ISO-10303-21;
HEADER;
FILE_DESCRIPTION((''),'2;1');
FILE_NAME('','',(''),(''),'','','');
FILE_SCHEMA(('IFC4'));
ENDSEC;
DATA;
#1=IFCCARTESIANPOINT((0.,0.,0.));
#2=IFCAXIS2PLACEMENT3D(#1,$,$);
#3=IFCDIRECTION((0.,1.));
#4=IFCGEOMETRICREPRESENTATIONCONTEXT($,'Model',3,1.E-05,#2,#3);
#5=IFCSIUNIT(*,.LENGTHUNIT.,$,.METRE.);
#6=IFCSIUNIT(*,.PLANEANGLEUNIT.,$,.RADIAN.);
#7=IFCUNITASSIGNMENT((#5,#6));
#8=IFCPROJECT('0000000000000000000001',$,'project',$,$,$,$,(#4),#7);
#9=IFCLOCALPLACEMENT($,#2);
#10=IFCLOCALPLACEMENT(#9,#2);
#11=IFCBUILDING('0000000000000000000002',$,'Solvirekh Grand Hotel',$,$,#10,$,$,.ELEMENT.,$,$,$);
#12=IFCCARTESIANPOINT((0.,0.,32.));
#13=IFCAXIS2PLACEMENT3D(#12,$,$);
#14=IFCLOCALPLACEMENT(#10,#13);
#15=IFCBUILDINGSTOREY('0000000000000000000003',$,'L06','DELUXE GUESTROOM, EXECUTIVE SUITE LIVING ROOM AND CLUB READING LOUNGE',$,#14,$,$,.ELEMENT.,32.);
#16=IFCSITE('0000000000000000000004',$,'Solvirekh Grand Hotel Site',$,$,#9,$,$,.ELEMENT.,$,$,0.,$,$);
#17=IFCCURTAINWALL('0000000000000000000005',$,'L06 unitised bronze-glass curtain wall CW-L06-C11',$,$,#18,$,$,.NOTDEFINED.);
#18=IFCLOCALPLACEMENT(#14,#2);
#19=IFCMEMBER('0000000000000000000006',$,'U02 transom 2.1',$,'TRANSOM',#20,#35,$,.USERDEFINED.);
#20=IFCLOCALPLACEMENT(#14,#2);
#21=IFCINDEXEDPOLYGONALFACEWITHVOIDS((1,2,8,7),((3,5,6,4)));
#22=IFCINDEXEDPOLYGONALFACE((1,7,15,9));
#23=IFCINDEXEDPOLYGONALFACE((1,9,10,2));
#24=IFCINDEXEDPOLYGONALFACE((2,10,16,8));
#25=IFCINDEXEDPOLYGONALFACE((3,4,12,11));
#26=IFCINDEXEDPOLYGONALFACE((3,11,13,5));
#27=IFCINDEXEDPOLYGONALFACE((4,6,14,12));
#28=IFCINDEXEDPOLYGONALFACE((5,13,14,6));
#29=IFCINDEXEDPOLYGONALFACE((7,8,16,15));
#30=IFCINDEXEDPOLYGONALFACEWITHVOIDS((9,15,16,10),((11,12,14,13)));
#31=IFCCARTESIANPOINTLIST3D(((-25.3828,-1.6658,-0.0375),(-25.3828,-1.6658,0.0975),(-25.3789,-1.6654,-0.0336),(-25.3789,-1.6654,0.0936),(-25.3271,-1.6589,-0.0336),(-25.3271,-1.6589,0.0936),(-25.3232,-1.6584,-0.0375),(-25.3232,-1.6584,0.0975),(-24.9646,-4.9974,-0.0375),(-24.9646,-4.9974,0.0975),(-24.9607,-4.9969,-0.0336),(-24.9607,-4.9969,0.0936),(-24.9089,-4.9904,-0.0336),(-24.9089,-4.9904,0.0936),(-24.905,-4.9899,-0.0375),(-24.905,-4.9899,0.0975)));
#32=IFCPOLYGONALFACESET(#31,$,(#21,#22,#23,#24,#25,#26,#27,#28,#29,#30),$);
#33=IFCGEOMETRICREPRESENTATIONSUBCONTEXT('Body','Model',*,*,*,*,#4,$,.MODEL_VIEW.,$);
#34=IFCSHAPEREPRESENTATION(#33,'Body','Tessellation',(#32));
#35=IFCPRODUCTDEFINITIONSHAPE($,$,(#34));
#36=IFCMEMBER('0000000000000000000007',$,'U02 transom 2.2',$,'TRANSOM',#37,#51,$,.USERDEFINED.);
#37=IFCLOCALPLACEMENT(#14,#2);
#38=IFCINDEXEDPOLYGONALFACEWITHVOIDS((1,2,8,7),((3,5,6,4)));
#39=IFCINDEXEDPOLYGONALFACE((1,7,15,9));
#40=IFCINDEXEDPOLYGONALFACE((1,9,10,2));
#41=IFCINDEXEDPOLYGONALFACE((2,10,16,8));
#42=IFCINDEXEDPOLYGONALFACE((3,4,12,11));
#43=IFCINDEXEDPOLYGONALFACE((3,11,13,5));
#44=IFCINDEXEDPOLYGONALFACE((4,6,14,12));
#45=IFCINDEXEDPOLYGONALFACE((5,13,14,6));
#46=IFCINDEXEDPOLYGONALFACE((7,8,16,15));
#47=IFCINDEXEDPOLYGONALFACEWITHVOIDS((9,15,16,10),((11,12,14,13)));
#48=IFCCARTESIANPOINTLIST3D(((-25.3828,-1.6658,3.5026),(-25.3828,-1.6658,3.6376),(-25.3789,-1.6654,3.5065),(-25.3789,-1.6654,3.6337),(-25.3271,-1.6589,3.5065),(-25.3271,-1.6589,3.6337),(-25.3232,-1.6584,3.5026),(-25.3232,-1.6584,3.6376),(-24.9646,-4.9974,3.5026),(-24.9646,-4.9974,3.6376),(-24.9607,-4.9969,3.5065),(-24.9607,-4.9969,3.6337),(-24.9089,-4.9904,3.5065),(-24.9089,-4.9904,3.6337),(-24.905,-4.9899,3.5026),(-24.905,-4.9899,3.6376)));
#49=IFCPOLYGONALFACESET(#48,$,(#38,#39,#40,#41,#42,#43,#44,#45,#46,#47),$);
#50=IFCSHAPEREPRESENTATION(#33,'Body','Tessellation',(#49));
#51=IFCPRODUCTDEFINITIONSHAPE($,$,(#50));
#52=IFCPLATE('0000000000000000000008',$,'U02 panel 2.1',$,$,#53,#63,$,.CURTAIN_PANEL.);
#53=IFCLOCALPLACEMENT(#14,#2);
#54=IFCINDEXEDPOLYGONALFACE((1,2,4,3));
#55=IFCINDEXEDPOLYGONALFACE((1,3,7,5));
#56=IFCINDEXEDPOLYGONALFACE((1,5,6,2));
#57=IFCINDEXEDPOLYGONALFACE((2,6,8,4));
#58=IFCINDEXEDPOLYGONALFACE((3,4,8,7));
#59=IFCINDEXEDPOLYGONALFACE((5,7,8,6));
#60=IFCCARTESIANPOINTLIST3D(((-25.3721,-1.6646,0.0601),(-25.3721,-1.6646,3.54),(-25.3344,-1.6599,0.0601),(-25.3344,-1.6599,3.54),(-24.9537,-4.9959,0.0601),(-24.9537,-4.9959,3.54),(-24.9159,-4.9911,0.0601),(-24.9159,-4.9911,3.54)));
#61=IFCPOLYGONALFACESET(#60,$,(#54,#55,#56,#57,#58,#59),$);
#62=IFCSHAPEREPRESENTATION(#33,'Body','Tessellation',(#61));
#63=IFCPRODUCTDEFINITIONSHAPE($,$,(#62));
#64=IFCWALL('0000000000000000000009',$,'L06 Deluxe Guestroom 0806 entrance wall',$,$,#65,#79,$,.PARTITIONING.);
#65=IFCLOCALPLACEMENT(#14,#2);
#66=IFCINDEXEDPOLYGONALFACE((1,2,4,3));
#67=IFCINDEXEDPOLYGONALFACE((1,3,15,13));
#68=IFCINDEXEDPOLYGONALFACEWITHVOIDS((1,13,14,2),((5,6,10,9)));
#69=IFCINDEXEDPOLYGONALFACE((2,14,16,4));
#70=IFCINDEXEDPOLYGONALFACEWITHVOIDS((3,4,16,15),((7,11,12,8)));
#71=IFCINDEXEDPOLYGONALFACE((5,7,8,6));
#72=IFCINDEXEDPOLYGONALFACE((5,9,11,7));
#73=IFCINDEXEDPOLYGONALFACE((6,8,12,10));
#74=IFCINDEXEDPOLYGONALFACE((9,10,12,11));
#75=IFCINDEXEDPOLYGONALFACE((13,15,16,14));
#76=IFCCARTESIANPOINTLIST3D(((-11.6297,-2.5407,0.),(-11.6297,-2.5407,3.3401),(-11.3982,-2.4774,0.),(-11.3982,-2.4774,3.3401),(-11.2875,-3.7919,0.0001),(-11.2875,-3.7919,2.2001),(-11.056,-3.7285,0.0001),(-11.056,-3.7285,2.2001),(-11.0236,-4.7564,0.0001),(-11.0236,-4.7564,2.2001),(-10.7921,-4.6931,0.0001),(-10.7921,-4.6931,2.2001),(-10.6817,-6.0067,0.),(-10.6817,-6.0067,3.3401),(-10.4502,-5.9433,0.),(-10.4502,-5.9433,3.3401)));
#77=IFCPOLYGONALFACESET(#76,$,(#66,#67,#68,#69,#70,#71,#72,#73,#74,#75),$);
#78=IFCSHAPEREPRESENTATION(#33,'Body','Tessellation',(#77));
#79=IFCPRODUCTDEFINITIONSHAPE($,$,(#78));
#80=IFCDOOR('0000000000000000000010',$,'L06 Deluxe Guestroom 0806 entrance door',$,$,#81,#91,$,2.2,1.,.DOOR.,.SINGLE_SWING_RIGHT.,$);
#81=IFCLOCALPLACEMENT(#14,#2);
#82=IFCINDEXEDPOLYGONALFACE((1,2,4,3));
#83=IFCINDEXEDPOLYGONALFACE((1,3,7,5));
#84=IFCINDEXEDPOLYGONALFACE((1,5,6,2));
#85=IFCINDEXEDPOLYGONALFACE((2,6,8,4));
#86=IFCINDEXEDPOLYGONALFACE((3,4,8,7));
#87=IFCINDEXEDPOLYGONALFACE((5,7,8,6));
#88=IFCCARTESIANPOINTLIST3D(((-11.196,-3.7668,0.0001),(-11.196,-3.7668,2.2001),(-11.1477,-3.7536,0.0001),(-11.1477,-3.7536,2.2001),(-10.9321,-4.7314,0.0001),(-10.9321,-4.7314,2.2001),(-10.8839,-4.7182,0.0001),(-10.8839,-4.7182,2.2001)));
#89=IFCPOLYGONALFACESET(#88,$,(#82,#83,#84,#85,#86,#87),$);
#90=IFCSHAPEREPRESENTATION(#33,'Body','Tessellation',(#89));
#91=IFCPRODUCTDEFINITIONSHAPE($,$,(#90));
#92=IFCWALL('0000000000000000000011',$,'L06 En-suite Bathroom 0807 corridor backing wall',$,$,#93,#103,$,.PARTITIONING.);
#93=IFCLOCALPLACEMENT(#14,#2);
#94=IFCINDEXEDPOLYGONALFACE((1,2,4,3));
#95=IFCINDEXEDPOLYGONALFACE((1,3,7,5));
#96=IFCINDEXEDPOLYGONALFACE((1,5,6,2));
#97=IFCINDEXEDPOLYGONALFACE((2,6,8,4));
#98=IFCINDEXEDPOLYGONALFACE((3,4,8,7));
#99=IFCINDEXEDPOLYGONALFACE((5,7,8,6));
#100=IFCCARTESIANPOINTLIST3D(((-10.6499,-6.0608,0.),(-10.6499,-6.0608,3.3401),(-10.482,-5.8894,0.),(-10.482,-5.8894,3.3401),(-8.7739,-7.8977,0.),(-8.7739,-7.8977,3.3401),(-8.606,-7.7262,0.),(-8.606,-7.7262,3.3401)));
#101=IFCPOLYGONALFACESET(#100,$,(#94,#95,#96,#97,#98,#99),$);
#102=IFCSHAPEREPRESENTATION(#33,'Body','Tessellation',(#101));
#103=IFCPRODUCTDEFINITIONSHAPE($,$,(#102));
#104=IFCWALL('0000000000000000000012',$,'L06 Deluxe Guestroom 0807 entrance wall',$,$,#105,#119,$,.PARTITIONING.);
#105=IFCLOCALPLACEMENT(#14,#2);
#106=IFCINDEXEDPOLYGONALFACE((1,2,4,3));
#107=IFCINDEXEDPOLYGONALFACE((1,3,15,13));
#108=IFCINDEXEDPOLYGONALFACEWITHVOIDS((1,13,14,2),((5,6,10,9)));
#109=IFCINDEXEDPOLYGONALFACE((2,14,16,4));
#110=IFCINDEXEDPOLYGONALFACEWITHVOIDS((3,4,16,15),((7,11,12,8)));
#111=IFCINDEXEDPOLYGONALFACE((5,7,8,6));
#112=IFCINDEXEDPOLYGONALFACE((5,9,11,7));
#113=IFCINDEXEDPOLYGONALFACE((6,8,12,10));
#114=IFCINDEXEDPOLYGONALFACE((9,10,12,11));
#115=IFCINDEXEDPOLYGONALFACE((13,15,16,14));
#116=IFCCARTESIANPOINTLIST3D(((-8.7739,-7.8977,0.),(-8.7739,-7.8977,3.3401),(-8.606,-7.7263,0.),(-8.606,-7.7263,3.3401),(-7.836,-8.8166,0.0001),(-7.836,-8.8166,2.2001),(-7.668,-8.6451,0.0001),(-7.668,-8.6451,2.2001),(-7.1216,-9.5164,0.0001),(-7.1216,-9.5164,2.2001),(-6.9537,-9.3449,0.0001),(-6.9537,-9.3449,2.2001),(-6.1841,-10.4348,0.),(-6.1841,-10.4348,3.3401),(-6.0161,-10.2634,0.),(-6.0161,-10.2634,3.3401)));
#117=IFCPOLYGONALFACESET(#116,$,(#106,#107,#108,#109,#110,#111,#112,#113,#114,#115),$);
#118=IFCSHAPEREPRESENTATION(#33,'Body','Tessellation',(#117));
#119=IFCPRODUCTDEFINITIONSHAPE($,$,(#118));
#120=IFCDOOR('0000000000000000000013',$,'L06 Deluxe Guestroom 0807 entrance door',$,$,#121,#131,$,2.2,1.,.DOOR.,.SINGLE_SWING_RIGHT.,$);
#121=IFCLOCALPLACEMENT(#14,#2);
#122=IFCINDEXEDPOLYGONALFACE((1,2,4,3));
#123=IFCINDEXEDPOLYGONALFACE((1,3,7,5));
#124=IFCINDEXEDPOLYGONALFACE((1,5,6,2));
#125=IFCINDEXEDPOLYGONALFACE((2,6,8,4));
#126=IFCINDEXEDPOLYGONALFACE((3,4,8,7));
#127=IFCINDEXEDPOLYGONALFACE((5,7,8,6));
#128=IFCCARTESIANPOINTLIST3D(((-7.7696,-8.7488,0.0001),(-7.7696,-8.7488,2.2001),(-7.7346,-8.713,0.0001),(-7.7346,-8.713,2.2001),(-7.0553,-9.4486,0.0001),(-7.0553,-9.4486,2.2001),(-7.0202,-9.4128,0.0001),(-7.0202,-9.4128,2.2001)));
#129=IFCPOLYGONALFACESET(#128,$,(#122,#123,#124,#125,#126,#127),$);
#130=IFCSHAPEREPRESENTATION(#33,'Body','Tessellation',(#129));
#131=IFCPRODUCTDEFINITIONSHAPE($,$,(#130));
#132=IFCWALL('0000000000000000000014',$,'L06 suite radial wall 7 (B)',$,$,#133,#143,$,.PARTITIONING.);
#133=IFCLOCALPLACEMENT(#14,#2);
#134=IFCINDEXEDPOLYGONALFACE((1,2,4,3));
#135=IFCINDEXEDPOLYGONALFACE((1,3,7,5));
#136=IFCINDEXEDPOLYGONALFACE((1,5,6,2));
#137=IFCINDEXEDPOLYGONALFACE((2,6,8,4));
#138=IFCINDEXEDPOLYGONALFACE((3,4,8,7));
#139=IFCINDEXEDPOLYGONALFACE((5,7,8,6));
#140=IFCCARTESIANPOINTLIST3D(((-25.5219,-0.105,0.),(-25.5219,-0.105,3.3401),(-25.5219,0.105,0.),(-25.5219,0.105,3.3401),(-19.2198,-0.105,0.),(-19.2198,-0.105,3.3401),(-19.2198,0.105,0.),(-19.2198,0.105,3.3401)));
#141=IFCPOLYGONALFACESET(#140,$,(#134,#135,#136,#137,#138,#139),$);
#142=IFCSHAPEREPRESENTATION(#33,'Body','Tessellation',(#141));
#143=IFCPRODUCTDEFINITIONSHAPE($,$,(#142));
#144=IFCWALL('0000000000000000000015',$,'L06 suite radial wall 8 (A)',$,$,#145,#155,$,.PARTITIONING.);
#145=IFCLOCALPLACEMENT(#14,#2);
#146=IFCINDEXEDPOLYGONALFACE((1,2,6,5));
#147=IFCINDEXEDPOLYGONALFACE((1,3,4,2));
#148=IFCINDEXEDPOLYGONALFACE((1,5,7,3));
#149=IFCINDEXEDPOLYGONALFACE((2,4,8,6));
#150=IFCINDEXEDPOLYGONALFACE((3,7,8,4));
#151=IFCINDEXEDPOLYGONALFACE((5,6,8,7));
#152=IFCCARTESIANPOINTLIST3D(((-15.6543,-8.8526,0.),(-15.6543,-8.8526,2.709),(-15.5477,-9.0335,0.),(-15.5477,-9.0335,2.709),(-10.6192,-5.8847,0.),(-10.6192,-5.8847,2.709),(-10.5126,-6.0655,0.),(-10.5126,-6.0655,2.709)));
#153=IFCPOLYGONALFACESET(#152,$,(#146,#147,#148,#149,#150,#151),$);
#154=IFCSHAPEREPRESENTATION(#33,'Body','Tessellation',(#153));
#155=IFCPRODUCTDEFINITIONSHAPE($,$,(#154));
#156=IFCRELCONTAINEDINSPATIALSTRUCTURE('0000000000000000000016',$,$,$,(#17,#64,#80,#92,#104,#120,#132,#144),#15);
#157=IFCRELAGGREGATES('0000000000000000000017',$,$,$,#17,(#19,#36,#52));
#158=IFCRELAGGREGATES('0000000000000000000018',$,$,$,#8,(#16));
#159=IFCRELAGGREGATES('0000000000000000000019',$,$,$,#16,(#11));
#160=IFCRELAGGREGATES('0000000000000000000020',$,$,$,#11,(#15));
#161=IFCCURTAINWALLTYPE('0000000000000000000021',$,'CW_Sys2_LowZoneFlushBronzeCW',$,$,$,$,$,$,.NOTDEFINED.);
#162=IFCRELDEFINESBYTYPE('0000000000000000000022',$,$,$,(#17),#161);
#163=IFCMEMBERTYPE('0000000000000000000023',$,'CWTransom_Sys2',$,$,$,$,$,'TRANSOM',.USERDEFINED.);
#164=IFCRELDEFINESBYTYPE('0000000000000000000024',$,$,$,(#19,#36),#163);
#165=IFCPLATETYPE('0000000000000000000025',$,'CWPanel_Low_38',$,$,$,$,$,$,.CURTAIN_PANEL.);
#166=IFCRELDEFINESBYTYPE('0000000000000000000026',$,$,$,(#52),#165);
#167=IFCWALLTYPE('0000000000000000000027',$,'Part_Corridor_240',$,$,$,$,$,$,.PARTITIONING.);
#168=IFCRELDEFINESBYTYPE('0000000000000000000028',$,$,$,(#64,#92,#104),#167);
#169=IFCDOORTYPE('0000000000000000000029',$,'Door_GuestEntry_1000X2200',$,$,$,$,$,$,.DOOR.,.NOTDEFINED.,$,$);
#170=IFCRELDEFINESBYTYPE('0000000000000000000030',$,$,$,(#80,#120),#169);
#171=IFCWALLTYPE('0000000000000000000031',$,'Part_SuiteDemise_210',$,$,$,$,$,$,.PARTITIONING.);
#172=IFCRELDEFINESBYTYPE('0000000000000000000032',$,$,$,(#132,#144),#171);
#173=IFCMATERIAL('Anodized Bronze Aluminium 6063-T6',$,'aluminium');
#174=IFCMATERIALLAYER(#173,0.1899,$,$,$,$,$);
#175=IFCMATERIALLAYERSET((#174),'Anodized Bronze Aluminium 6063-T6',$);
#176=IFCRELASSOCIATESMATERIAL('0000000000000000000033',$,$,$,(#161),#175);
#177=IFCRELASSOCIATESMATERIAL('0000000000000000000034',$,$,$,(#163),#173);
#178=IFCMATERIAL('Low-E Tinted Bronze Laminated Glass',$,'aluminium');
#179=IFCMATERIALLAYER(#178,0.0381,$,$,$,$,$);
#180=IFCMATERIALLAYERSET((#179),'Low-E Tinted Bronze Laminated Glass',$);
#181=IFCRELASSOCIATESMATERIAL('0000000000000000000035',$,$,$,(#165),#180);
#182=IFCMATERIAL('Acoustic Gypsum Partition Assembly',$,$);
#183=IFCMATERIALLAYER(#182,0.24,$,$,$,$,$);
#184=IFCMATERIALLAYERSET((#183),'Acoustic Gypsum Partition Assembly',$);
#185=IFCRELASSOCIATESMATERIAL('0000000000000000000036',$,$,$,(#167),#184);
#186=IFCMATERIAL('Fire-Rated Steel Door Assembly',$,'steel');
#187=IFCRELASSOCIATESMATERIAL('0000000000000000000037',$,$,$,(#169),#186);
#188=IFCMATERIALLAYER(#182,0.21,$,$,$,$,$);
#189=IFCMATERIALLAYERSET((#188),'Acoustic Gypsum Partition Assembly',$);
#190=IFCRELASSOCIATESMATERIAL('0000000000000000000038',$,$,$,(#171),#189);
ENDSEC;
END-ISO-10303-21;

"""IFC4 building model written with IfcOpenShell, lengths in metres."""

from ifc_helpers import new_model, si_unit, direction, frame, frame_2d, origin, origin_2d, place, context, subcontext, project, spatial, rectangle, hollow_rectangle, extrude, source, transform, mapped, material, layer, layer_set, material_profile, profile_set, type_object, element, fill, aggregate, save


model = new_model("IFC4")

# Units and contexts
model_context = context("Model", 3, precision=1e-05, world=origin(), true_north=direction((0.0, 1.0)))
body_context = subcontext(model_context, "Body", "Model", "MODEL_VIEW")
ifc_project = project(units=[si_unit("LENGTHUNIT", "METRE"), si_unit("PLANEANGLEUNIT", "RADIAN")], contexts=[model_context])

# Site, building, storey
site_placement = place(None, origin())
site = spatial("IfcSite", under=ifc_project, at=site_placement, Name="Solvirekh Grand Hotel Site", CompositionType="ELEMENT", RefElevation=0.0)
building_placement = place(site_placement, origin())
building = spatial("IfcBuilding", under=site, at=building_placement, Name="Solvirekh Grand Hotel", CompositionType="ELEMENT")
storey_placement = place(building_placement, frame((0.0, 0.0, 32.0)))
storey = spatial("IfcBuildingStorey", under=building, at=storey_placement, Name="L06", Description="DELUXE GUESTROOM, EXECUTIVE SUITE LIVING ROOM AND CLUB READING LOUNGE", CompositionType="ELEMENT", Elevation=32.0)

# Curtain wall, members, plate
ifc_material_1 = material(Name="Anodized Bronze Aluminium 6063-T6", Category="aluminium")
ifc_layer_1 = layer(ifc_material_1, 0.1899)
ifc_layer_set_1 = layer_set([ifc_layer_1], Name="Anodized Bronze Aluminium 6063-T6")
curtain_wall_type = type_object("IfcCurtainWallType", Name="CW_Sys2_LowZoneFlushBronzeCW", PredefinedType="NOTDEFINED", material=ifc_layer_set_1)
curtain_wall_placement = place(storey_placement, origin())
curtain_wall = element("IfcCurtainWall", 1, at=curtain_wall_placement, inside=storey, type_object=curtain_wall_type, Name="L06 unitised bronze-glass curtain wall CW-L06-C11", PredefinedType="NOTDEFINED")
ifc_material_profile_1 = material_profile(ifc_material_1, hollow_rectangle(XDim=0.0601, YDim=0.135, WallThickness=0.0039, at=origin_2d()), Name="ALU RHS 135X60X4")
ifc_profile_set_1 = profile_set([ifc_material_profile_1], Name="Anodized Bronze Aluminium 6063-T6")
member_type_1 = type_object("IfcMemberType", Name="CWTransom_Sys2", ElementType="TRANSOM", PredefinedType="USERDEFINED", material=ifc_profile_set_1)
shared_shape_1 = source(origin(), body_context, "Body", "SweptSolid", [
    extrude(hollow_rectangle(XDim=0.0601, YDim=0.135, WallThickness=0.0039, at=origin_2d()), origin(), (0.0, 0.0, 1.0), 3.3577),
])
member_1_placement = place(storey_placement, frame((-25.353, -1.6621, 0.03), z_axis=(0.124554, -0.992213, 0.0), x_axis=(0.992213, 0.124554, 0.0)))
member_1 = element("IfcMember", 2, at=member_1_placement, type_object=member_type_1, Name="U02 transom 2.1", ObjectType="TRANSOM", PredefinedType="USERDEFINED", context=body_context, shape_type="MappedRepresentation", body=[
    mapped(shared_shape_1, transform((0.0, 0.0, 0.0), x_axis=(1.0, 0.0, 0.0), y_axis=(0.0, 1.0, 0.0), z_axis=(0.0, 0.0, 1.0), scale=1.0)),
])
member_2_placement = place(storey_placement, frame((-25.353, -1.6621, 3.5701), z_axis=(0.124554, -0.992213, 0.0), x_axis=(0.992213, 0.124554, 0.0)))
member_2 = element("IfcMember", 3, at=member_2_placement, type_object=member_type_1, Name="U02 transom 2.2", ObjectType="TRANSOM", PredefinedType="USERDEFINED", context=body_context, shape_type="MappedRepresentation", body=[
    mapped(shared_shape_1, transform((0.0, 0.0, 0.0), x_axis=(1.0, 0.0, 0.0), y_axis=(0.0, 1.0, 0.0), z_axis=(0.0, 0.0, 1.0), scale=1.0)),
])
ifc_material_2 = material(Name="Low-E Tinted Bronze Laminated Glass", Category="aluminium")
ifc_layer_2 = layer(ifc_material_2, 0.0381)
ifc_layer_set_2 = layer_set([ifc_layer_2], Name="Low-E Tinted Bronze Laminated Glass")
plate_type = type_object("IfcPlateType", Name="CWPanel_Low_38", PredefinedType="CURTAIN_PANEL", material=ifc_layer_set_2)
shared_shape_2 = source(origin(), body_context, "Body", "SweptSolid", [
    extrude(rectangle(XDim=3.3574, YDim=0.0381, at=origin_2d()), origin(), (0.0, 0.0, 1.0), 3.48),
])
plate_placement = place(storey_placement, frame((-25.144, -3.3279, 0.0601), z_axis=(0.0, 0.0, 1.0), x_axis=(0.124621, -0.992204, 0.0)))
plate = element("IfcPlate", 4, at=plate_placement, type_object=plate_type, Name="U02 panel 2.1", PredefinedType="CURTAIN_PANEL", context=body_context, shape_type="MappedRepresentation", body=[
    mapped(shared_shape_2, transform((0.0, 0.0, 0.0), x_axis=(1.0, 0.0, 0.0), y_axis=(0.0, 1.0, 0.0), z_axis=(0.0, 0.0, 1.0), scale=1.0)),
])
aggregate(curtain_wall, [member_1, member_2, plate])

# Wall, opening, door
ifc_material_3 = material(Name="Acoustic Gypsum Partition Assembly")
ifc_layer_3 = layer(ifc_material_3, 0.24)
ifc_layer_set_3 = layer_set([ifc_layer_3], Name="Acoustic Gypsum Partition Assembly")
wall_type_1 = type_object("IfcWallType", Name="Part_Corridor_240", PredefinedType="PARTITIONING", material=ifc_layer_set_3)
wall_1_placement = place(storey_placement, frame((-11.5139, -2.509, 0.0), z_axis=(0.0, 0.0, 1.0), x_axis=(0.263819, -0.964572, 0.0)))
wall_1 = element("IfcWall", 5, at=wall_1_placement, inside=storey, type_object=wall_type_1, Name="L06 Deluxe Guestroom 0806 entrance wall", PredefinedType="PARTITIONING", context=body_context, shape_type="SweptSolid", body=[
    extrude(rectangle(XDim=3.5933, YDim=0.24, at=frame_2d((1.7966, 0.0))), origin(), (0.0, 0.0, 1.0), 3.3401),
])
opening_1_placement = place(wall_1_placement, frame((1.2971, 0.0, 0.0)))
opening_1 = element("IfcOpeningElement", 6, at=opening_1_placement, cuts=wall_1, PredefinedType="OPENING", context=body_context, shape_type="SweptSolid", body=[
    extrude(rectangle(XDim=1.0, YDim=2.2, at=frame_2d((0.5, 1.1001))), frame((0.0, 0.1299, 0.0), z_axis=(0.0, -1.0, 0.0), x_axis=(1.0, 0.0, 0.0)), (0.0, 0.0, 1.0), 0.26),
])
ifc_material_4 = material(Name="Fire-Rated Steel Door Assembly", Category="steel")
door_type_1 = type_object("IfcDoorType", Name="Door_GuestEntry_1000X2200", OperationType="NOTDEFINED", PredefinedType="DOOR", material=ifc_material_4)
door_1_placement = place(opening_1_placement, origin())
door_1 = element("IfcDoor", 7, at=door_1_placement, inside=storey, type_object=door_type_1, Name="L06 Deluxe Guestroom 0806 entrance door", OperationType="SINGLE_SWING_RIGHT", OverallHeight=2.2, OverallWidth=1.0, PredefinedType="DOOR", context=body_context, shape_type="SweptSolid", body=[
    extrude(rectangle(XDim=1.0, YDim=2.2, at=frame_2d((0.5, 1.1001))), frame((0.0, 0.0249, 0.0), z_axis=(0.0, -1.0, 0.0), x_axis=(1.0, 0.0, 0.0)), (0.0, 0.0, 1.0), 0.05),
])
fill(opening_1, door_1)

# Wall
wall_2_placement = place(storey_placement, frame((-10.5659, -5.9751, 0.0), z_axis=(0.0, 0.0, 1.0), x_axis=(0.714507, -0.699629, 0.0)))
element("IfcWall", 8, at=wall_2_placement, inside=storey, type_object=wall_type_1, Name="L06 En-suite Bathroom 0807 corridor backing wall", PredefinedType="PARTITIONING", context=body_context, shape_type="SweptSolid", body=[
    extrude(rectangle(XDim=2.6255, YDim=0.24, at=frame_2d((1.3127, 0.0))), origin(), (0.0, 0.0, 1.0), 3.3401),
])

# Wall, opening, door
wall_3_placement = place(storey_placement, frame((-8.6899, -7.812, 0.0), z_axis=(0.0, 0.0, 1.0), x_axis=(0.714342, -0.699797, 0.0)))
wall_3 = element("IfcWall", 9, at=wall_3_placement, inside=storey, type_object=wall_type_1, Name="L06 Deluxe Guestroom 0807 entrance wall", PredefinedType="PARTITIONING", context=body_context, shape_type="SweptSolid", body=[
    extrude(rectangle(XDim=3.6255, YDim=0.24, at=frame_2d((1.8127, 0.0))), origin(), (0.0, 0.0, 1.0), 3.3401),
])
opening_2_placement = place(wall_3_placement, frame((1.313, 0.0, 0.0)))
opening_2 = element("IfcOpeningElement", 10, at=opening_2_placement, cuts=wall_3, PredefinedType="OPENING", context=body_context, shape_type="SweptSolid", body=[
    extrude(rectangle(XDim=1.0, YDim=2.2, at=frame_2d((0.5, 1.1001))), frame((0.0, 0.1299, 0.0), z_axis=(0.0, -1.0, 0.0), x_axis=(1.0, 0.0, 0.0)), (0.0, 0.0, 1.0), 0.26),
])
door_2_placement = place(opening_2_placement, origin())
door_2 = element("IfcDoor", 11, at=door_2_placement, inside=storey, type_object=door_type_1, Name="L06 Deluxe Guestroom 0807 entrance door", OperationType="SINGLE_SWING_RIGHT", OverallHeight=2.2, OverallWidth=1.0, PredefinedType="DOOR", context=body_context, shape_type="SweptSolid", body=[
    extrude(rectangle(XDim=1.0, YDim=2.2, at=frame_2d((0.5, 1.1001))), frame((0.0, 0.0249, 0.0), z_axis=(0.0, -1.0, 0.0), x_axis=(1.0, 0.0, 0.0)), (0.0, 0.0, 1.0), 0.05),
])
fill(opening_2, door_2)

# Walls
ifc_layer_4 = layer(ifc_material_3, 0.21)
ifc_layer_set_4 = layer_set([ifc_layer_4], Name="Acoustic Gypsum Partition Assembly")
wall_type_2 = type_object("IfcWallType", Name="Part_SuiteDemise_210", PredefinedType="PARTITIONING", material=ifc_layer_set_4)
wall_4_placement = place(storey_placement, frame((-19.22, 0.0, 0.0), z_axis=(0.0, 0.0, 1.0), x_axis=(-1.0, 0.0, 0.0)))
element("IfcWall", 12, at=wall_4_placement, inside=storey, type_object=wall_type_2, Name="L06 suite radial wall 7 (B)", PredefinedType="PARTITIONING", context=body_context, shape_type="SweptSolid", body=[
    extrude(rectangle(XDim=6.302, YDim=0.21, at=frame_2d((3.1509, 0.0))), origin(), (0.0, 0.0, 1.0), 3.3401),
])
wall_5_placement = place(storey_placement, frame((-10.5659, -5.9751, 0.0), z_axis=(0.0, 0.0, 1.0), x_axis=(-0.861473, -0.507803, 0.0)))
element("IfcWall", 13, at=wall_5_placement, inside=storey, type_object=wall_type_2, Name="L06 suite radial wall 8 (A)", PredefinedType="PARTITIONING", context=body_context, shape_type="SweptSolid", body=[
    extrude(rectangle(XDim=5.8447, YDim=0.21, at=frame_2d((2.9224, 0.0))), origin(), (0.0, 0.0, 1.0), 2.709),
])

save(model, "model.ifc")
